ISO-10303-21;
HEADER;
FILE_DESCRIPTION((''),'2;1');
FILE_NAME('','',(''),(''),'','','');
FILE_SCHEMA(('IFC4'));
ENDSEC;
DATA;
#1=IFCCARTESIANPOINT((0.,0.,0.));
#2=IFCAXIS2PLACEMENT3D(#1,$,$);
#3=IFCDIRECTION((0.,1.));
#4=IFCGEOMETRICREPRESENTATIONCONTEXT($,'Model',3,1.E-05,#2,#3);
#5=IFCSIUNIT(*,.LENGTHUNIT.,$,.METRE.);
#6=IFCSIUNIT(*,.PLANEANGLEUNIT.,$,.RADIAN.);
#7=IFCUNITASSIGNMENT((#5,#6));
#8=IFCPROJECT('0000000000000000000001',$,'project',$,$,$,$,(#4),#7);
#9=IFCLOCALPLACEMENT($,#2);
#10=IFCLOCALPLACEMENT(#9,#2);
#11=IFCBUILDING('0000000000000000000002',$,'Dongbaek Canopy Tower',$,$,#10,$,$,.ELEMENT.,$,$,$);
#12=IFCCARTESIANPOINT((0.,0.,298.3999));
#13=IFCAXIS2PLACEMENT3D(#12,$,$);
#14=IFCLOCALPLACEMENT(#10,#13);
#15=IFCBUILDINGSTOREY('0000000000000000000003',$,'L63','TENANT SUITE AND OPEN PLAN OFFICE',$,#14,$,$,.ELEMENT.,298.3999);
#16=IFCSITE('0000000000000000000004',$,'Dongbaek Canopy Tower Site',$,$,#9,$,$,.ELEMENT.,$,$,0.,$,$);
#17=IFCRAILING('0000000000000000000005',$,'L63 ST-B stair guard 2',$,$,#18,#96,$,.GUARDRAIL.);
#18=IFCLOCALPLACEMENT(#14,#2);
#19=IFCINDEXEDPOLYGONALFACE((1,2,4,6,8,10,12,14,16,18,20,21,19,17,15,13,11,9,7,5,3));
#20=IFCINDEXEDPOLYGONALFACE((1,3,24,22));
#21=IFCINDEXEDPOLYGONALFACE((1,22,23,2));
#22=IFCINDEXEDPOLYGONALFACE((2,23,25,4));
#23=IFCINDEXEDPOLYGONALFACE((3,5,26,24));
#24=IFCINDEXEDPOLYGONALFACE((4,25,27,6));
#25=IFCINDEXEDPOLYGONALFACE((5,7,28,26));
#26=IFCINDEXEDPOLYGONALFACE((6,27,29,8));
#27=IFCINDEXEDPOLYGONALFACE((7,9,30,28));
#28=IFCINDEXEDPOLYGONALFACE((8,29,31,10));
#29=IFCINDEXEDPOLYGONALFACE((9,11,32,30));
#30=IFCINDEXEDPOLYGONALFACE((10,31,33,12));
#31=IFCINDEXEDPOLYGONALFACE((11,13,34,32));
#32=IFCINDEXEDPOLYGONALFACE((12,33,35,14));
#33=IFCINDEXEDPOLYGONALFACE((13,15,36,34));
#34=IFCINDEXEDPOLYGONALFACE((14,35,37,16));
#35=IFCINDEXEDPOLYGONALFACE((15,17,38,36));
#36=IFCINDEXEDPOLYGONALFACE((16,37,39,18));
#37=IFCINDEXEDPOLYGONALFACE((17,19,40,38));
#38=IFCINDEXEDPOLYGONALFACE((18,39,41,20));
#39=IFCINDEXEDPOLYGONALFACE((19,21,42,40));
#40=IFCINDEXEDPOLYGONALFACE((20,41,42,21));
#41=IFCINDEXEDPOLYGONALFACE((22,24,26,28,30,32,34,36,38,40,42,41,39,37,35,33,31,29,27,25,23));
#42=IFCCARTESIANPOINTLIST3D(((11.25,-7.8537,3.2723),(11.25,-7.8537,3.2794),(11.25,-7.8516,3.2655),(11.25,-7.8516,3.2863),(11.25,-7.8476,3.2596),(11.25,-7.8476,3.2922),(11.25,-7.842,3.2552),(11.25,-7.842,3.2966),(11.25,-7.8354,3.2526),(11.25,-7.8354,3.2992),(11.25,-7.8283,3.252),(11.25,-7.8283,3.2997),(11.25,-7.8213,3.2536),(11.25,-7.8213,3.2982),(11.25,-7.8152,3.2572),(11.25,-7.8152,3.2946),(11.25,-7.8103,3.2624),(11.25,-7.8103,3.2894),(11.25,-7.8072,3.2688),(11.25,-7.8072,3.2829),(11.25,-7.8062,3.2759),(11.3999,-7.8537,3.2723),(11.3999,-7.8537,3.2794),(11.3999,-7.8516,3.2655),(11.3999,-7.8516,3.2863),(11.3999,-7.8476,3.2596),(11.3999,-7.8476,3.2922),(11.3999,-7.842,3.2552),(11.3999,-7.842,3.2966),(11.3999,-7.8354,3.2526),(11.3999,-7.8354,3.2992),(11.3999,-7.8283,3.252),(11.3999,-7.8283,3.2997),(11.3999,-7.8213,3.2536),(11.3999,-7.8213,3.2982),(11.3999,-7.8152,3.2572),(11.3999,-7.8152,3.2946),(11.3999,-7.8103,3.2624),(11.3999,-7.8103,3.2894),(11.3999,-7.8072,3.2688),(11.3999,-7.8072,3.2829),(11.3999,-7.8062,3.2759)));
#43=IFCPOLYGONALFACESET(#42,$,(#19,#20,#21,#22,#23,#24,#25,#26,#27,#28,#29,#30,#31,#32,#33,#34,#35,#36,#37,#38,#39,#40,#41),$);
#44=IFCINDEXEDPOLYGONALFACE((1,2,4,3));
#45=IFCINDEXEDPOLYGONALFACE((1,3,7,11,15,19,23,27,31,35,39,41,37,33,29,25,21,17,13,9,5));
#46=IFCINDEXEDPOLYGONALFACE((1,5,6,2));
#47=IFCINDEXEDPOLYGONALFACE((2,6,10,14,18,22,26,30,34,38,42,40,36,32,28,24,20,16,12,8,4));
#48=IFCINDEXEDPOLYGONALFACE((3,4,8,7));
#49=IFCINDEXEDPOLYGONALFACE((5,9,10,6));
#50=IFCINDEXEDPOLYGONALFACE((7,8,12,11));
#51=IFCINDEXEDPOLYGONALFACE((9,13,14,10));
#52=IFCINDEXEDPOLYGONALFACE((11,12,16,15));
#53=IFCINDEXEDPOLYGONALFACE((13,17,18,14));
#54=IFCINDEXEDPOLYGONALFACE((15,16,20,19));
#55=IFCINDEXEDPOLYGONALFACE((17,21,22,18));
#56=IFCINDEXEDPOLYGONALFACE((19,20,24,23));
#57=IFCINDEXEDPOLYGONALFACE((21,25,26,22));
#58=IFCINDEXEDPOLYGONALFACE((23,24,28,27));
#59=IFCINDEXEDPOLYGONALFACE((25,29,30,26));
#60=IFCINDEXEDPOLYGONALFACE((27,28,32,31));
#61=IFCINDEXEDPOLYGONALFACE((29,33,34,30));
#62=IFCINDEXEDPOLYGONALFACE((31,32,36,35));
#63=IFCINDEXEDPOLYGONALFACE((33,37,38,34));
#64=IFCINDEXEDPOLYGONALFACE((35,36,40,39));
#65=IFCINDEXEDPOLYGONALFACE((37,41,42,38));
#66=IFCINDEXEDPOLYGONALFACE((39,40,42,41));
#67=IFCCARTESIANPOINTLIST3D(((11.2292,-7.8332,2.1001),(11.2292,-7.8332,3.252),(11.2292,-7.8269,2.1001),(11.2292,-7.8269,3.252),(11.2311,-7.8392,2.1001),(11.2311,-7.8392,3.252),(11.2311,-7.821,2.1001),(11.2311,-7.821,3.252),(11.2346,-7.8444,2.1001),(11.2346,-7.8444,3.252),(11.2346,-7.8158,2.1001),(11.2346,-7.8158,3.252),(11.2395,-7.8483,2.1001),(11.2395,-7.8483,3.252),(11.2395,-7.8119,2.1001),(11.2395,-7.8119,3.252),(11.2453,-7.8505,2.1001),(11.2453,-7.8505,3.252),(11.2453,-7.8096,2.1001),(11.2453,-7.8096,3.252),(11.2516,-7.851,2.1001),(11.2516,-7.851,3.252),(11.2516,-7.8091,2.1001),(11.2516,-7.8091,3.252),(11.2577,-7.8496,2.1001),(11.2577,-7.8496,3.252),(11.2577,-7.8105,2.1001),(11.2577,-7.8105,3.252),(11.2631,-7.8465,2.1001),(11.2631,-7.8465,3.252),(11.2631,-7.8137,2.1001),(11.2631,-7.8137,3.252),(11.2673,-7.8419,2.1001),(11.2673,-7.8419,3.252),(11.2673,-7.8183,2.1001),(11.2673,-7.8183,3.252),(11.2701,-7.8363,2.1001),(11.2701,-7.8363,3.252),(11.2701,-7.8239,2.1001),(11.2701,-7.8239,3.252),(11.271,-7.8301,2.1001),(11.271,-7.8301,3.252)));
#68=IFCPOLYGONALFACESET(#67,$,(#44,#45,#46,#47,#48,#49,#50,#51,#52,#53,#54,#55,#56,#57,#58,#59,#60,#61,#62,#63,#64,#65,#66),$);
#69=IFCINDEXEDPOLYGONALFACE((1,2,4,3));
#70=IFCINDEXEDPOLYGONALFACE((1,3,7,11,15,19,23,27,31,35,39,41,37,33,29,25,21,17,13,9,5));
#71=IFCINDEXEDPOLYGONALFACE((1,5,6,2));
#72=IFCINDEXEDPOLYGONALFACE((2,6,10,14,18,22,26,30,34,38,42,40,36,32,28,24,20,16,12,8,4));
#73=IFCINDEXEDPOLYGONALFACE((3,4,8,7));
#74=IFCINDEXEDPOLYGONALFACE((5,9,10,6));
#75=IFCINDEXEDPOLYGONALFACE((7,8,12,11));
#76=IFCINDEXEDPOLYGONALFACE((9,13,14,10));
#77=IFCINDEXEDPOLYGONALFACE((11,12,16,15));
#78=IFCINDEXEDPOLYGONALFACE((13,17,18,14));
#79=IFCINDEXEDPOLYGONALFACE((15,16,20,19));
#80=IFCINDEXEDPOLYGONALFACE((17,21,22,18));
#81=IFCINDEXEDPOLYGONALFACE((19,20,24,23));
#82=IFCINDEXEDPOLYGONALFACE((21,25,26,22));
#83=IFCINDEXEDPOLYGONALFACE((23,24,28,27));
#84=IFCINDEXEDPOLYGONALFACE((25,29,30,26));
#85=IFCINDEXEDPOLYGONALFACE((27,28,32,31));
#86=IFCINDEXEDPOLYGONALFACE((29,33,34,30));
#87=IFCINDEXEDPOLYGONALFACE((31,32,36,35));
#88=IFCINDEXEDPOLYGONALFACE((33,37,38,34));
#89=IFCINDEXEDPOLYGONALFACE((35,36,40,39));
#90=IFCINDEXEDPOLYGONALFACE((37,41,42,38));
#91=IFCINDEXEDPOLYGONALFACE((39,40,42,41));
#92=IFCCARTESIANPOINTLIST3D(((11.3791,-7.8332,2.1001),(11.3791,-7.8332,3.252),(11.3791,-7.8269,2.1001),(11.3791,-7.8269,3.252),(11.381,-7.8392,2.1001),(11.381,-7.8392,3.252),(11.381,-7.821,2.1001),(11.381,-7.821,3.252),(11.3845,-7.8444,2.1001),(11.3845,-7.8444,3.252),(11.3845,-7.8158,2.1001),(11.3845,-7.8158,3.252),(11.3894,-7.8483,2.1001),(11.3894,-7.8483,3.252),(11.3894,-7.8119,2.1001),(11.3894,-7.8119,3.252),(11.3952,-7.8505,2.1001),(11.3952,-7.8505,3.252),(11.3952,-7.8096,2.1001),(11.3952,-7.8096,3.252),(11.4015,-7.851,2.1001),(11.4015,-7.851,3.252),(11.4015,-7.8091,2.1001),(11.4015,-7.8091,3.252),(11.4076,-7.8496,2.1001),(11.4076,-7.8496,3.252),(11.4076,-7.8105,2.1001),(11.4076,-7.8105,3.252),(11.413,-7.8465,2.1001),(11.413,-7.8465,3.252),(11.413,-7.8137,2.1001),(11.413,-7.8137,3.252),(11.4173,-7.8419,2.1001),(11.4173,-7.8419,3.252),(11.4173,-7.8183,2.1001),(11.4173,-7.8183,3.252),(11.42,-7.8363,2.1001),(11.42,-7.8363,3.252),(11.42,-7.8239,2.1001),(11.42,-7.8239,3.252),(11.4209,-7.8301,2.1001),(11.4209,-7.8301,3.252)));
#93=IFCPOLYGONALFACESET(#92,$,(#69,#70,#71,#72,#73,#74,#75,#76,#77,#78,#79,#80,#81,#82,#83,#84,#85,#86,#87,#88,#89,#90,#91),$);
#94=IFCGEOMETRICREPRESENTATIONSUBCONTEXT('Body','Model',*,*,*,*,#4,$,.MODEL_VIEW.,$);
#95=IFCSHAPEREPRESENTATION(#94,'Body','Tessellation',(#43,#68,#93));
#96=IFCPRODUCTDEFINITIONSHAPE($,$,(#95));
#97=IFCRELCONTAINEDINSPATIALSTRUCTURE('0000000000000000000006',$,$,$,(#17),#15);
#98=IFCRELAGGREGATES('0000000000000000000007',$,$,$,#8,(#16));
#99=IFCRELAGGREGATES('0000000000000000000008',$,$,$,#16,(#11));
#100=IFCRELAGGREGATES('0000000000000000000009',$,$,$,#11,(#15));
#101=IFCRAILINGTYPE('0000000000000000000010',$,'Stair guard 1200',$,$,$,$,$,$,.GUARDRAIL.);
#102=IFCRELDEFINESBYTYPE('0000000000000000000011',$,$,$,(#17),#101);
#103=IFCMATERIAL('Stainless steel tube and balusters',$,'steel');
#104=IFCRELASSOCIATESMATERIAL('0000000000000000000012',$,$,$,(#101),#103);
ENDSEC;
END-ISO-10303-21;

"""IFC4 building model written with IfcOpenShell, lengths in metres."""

from ifc_helpers import new_model, si_unit, direction, frame, origin, origin_2d, place, context, subcontext, project, spatial, circle, extrude, material, type_object, element, save


model = new_model("IFC4")

# Units and contexts
model_context = context("Model", 3, precision=1e-05, world=origin(), true_north=direction((0.0, 1.0)))
body_context = subcontext(model_context, "Body", "Model", "MODEL_VIEW")
ifc_project = project(units=[si_unit("LENGTHUNIT", "METRE"), si_unit("PLANEANGLEUNIT", "RADIAN")], contexts=[model_context])

# Site, building, storey
site_placement = place(None, origin())
site = spatial("IfcSite", under=ifc_project, at=site_placement, Name="Dongbaek Canopy Tower Site", CompositionType="ELEMENT", RefElevation=0.0)
building_placement = place(site_placement, origin())
building = spatial("IfcBuilding", under=site, at=building_placement, Name="Dongbaek Canopy Tower", CompositionType="ELEMENT")
storey_placement = place(building_placement, frame((0.0, 0.0, 298.3999)))
storey = spatial("IfcBuildingStorey", under=building, at=storey_placement, Name="L63", Description="TENANT SUITE AND OPEN PLAN OFFICE", CompositionType="ELEMENT", Elevation=298.3999)

# Railing
ifc_material_1 = material(Name="Stainless steel tube and balusters", Category="steel")
railing_type_1 = type_object("IfcRailingType", Name="Stair guard 1200", PredefinedType="GUARDRAIL", material=ifc_material_1)
railing_1_placement = place(storey_placement, frame((11.25, -7.8301, 2.1001)))
element("IfcRailing", 1, at=railing_1_placement, inside=storey, type_object=railing_type_1, Name="L63 ST-B stair guard 2", PredefinedType="GUARDRAIL", context=body_context, shape_type="SweptSolid", body=[
    extrude(circle(Radius=0.0239, at=origin_2d()), frame((0.0, 0.0, 1.1758), z_axis=(1.0, 0.0, 0.0), x_axis=(0.0, 1.0, 0.0)), (0.0, 0.0, 1.0), 0.1499),
    extrude(circle(Radius=0.021, at=origin_2d()), origin(), (0.0, 0.0, 1.0), 1.1519),
    extrude(circle(Radius=0.021, at=origin_2d()), frame((0.1499, 0.0, 0.0)), (0.0, 0.0, 1.0), 1.1519),
])

save(model, "model.ifc")
